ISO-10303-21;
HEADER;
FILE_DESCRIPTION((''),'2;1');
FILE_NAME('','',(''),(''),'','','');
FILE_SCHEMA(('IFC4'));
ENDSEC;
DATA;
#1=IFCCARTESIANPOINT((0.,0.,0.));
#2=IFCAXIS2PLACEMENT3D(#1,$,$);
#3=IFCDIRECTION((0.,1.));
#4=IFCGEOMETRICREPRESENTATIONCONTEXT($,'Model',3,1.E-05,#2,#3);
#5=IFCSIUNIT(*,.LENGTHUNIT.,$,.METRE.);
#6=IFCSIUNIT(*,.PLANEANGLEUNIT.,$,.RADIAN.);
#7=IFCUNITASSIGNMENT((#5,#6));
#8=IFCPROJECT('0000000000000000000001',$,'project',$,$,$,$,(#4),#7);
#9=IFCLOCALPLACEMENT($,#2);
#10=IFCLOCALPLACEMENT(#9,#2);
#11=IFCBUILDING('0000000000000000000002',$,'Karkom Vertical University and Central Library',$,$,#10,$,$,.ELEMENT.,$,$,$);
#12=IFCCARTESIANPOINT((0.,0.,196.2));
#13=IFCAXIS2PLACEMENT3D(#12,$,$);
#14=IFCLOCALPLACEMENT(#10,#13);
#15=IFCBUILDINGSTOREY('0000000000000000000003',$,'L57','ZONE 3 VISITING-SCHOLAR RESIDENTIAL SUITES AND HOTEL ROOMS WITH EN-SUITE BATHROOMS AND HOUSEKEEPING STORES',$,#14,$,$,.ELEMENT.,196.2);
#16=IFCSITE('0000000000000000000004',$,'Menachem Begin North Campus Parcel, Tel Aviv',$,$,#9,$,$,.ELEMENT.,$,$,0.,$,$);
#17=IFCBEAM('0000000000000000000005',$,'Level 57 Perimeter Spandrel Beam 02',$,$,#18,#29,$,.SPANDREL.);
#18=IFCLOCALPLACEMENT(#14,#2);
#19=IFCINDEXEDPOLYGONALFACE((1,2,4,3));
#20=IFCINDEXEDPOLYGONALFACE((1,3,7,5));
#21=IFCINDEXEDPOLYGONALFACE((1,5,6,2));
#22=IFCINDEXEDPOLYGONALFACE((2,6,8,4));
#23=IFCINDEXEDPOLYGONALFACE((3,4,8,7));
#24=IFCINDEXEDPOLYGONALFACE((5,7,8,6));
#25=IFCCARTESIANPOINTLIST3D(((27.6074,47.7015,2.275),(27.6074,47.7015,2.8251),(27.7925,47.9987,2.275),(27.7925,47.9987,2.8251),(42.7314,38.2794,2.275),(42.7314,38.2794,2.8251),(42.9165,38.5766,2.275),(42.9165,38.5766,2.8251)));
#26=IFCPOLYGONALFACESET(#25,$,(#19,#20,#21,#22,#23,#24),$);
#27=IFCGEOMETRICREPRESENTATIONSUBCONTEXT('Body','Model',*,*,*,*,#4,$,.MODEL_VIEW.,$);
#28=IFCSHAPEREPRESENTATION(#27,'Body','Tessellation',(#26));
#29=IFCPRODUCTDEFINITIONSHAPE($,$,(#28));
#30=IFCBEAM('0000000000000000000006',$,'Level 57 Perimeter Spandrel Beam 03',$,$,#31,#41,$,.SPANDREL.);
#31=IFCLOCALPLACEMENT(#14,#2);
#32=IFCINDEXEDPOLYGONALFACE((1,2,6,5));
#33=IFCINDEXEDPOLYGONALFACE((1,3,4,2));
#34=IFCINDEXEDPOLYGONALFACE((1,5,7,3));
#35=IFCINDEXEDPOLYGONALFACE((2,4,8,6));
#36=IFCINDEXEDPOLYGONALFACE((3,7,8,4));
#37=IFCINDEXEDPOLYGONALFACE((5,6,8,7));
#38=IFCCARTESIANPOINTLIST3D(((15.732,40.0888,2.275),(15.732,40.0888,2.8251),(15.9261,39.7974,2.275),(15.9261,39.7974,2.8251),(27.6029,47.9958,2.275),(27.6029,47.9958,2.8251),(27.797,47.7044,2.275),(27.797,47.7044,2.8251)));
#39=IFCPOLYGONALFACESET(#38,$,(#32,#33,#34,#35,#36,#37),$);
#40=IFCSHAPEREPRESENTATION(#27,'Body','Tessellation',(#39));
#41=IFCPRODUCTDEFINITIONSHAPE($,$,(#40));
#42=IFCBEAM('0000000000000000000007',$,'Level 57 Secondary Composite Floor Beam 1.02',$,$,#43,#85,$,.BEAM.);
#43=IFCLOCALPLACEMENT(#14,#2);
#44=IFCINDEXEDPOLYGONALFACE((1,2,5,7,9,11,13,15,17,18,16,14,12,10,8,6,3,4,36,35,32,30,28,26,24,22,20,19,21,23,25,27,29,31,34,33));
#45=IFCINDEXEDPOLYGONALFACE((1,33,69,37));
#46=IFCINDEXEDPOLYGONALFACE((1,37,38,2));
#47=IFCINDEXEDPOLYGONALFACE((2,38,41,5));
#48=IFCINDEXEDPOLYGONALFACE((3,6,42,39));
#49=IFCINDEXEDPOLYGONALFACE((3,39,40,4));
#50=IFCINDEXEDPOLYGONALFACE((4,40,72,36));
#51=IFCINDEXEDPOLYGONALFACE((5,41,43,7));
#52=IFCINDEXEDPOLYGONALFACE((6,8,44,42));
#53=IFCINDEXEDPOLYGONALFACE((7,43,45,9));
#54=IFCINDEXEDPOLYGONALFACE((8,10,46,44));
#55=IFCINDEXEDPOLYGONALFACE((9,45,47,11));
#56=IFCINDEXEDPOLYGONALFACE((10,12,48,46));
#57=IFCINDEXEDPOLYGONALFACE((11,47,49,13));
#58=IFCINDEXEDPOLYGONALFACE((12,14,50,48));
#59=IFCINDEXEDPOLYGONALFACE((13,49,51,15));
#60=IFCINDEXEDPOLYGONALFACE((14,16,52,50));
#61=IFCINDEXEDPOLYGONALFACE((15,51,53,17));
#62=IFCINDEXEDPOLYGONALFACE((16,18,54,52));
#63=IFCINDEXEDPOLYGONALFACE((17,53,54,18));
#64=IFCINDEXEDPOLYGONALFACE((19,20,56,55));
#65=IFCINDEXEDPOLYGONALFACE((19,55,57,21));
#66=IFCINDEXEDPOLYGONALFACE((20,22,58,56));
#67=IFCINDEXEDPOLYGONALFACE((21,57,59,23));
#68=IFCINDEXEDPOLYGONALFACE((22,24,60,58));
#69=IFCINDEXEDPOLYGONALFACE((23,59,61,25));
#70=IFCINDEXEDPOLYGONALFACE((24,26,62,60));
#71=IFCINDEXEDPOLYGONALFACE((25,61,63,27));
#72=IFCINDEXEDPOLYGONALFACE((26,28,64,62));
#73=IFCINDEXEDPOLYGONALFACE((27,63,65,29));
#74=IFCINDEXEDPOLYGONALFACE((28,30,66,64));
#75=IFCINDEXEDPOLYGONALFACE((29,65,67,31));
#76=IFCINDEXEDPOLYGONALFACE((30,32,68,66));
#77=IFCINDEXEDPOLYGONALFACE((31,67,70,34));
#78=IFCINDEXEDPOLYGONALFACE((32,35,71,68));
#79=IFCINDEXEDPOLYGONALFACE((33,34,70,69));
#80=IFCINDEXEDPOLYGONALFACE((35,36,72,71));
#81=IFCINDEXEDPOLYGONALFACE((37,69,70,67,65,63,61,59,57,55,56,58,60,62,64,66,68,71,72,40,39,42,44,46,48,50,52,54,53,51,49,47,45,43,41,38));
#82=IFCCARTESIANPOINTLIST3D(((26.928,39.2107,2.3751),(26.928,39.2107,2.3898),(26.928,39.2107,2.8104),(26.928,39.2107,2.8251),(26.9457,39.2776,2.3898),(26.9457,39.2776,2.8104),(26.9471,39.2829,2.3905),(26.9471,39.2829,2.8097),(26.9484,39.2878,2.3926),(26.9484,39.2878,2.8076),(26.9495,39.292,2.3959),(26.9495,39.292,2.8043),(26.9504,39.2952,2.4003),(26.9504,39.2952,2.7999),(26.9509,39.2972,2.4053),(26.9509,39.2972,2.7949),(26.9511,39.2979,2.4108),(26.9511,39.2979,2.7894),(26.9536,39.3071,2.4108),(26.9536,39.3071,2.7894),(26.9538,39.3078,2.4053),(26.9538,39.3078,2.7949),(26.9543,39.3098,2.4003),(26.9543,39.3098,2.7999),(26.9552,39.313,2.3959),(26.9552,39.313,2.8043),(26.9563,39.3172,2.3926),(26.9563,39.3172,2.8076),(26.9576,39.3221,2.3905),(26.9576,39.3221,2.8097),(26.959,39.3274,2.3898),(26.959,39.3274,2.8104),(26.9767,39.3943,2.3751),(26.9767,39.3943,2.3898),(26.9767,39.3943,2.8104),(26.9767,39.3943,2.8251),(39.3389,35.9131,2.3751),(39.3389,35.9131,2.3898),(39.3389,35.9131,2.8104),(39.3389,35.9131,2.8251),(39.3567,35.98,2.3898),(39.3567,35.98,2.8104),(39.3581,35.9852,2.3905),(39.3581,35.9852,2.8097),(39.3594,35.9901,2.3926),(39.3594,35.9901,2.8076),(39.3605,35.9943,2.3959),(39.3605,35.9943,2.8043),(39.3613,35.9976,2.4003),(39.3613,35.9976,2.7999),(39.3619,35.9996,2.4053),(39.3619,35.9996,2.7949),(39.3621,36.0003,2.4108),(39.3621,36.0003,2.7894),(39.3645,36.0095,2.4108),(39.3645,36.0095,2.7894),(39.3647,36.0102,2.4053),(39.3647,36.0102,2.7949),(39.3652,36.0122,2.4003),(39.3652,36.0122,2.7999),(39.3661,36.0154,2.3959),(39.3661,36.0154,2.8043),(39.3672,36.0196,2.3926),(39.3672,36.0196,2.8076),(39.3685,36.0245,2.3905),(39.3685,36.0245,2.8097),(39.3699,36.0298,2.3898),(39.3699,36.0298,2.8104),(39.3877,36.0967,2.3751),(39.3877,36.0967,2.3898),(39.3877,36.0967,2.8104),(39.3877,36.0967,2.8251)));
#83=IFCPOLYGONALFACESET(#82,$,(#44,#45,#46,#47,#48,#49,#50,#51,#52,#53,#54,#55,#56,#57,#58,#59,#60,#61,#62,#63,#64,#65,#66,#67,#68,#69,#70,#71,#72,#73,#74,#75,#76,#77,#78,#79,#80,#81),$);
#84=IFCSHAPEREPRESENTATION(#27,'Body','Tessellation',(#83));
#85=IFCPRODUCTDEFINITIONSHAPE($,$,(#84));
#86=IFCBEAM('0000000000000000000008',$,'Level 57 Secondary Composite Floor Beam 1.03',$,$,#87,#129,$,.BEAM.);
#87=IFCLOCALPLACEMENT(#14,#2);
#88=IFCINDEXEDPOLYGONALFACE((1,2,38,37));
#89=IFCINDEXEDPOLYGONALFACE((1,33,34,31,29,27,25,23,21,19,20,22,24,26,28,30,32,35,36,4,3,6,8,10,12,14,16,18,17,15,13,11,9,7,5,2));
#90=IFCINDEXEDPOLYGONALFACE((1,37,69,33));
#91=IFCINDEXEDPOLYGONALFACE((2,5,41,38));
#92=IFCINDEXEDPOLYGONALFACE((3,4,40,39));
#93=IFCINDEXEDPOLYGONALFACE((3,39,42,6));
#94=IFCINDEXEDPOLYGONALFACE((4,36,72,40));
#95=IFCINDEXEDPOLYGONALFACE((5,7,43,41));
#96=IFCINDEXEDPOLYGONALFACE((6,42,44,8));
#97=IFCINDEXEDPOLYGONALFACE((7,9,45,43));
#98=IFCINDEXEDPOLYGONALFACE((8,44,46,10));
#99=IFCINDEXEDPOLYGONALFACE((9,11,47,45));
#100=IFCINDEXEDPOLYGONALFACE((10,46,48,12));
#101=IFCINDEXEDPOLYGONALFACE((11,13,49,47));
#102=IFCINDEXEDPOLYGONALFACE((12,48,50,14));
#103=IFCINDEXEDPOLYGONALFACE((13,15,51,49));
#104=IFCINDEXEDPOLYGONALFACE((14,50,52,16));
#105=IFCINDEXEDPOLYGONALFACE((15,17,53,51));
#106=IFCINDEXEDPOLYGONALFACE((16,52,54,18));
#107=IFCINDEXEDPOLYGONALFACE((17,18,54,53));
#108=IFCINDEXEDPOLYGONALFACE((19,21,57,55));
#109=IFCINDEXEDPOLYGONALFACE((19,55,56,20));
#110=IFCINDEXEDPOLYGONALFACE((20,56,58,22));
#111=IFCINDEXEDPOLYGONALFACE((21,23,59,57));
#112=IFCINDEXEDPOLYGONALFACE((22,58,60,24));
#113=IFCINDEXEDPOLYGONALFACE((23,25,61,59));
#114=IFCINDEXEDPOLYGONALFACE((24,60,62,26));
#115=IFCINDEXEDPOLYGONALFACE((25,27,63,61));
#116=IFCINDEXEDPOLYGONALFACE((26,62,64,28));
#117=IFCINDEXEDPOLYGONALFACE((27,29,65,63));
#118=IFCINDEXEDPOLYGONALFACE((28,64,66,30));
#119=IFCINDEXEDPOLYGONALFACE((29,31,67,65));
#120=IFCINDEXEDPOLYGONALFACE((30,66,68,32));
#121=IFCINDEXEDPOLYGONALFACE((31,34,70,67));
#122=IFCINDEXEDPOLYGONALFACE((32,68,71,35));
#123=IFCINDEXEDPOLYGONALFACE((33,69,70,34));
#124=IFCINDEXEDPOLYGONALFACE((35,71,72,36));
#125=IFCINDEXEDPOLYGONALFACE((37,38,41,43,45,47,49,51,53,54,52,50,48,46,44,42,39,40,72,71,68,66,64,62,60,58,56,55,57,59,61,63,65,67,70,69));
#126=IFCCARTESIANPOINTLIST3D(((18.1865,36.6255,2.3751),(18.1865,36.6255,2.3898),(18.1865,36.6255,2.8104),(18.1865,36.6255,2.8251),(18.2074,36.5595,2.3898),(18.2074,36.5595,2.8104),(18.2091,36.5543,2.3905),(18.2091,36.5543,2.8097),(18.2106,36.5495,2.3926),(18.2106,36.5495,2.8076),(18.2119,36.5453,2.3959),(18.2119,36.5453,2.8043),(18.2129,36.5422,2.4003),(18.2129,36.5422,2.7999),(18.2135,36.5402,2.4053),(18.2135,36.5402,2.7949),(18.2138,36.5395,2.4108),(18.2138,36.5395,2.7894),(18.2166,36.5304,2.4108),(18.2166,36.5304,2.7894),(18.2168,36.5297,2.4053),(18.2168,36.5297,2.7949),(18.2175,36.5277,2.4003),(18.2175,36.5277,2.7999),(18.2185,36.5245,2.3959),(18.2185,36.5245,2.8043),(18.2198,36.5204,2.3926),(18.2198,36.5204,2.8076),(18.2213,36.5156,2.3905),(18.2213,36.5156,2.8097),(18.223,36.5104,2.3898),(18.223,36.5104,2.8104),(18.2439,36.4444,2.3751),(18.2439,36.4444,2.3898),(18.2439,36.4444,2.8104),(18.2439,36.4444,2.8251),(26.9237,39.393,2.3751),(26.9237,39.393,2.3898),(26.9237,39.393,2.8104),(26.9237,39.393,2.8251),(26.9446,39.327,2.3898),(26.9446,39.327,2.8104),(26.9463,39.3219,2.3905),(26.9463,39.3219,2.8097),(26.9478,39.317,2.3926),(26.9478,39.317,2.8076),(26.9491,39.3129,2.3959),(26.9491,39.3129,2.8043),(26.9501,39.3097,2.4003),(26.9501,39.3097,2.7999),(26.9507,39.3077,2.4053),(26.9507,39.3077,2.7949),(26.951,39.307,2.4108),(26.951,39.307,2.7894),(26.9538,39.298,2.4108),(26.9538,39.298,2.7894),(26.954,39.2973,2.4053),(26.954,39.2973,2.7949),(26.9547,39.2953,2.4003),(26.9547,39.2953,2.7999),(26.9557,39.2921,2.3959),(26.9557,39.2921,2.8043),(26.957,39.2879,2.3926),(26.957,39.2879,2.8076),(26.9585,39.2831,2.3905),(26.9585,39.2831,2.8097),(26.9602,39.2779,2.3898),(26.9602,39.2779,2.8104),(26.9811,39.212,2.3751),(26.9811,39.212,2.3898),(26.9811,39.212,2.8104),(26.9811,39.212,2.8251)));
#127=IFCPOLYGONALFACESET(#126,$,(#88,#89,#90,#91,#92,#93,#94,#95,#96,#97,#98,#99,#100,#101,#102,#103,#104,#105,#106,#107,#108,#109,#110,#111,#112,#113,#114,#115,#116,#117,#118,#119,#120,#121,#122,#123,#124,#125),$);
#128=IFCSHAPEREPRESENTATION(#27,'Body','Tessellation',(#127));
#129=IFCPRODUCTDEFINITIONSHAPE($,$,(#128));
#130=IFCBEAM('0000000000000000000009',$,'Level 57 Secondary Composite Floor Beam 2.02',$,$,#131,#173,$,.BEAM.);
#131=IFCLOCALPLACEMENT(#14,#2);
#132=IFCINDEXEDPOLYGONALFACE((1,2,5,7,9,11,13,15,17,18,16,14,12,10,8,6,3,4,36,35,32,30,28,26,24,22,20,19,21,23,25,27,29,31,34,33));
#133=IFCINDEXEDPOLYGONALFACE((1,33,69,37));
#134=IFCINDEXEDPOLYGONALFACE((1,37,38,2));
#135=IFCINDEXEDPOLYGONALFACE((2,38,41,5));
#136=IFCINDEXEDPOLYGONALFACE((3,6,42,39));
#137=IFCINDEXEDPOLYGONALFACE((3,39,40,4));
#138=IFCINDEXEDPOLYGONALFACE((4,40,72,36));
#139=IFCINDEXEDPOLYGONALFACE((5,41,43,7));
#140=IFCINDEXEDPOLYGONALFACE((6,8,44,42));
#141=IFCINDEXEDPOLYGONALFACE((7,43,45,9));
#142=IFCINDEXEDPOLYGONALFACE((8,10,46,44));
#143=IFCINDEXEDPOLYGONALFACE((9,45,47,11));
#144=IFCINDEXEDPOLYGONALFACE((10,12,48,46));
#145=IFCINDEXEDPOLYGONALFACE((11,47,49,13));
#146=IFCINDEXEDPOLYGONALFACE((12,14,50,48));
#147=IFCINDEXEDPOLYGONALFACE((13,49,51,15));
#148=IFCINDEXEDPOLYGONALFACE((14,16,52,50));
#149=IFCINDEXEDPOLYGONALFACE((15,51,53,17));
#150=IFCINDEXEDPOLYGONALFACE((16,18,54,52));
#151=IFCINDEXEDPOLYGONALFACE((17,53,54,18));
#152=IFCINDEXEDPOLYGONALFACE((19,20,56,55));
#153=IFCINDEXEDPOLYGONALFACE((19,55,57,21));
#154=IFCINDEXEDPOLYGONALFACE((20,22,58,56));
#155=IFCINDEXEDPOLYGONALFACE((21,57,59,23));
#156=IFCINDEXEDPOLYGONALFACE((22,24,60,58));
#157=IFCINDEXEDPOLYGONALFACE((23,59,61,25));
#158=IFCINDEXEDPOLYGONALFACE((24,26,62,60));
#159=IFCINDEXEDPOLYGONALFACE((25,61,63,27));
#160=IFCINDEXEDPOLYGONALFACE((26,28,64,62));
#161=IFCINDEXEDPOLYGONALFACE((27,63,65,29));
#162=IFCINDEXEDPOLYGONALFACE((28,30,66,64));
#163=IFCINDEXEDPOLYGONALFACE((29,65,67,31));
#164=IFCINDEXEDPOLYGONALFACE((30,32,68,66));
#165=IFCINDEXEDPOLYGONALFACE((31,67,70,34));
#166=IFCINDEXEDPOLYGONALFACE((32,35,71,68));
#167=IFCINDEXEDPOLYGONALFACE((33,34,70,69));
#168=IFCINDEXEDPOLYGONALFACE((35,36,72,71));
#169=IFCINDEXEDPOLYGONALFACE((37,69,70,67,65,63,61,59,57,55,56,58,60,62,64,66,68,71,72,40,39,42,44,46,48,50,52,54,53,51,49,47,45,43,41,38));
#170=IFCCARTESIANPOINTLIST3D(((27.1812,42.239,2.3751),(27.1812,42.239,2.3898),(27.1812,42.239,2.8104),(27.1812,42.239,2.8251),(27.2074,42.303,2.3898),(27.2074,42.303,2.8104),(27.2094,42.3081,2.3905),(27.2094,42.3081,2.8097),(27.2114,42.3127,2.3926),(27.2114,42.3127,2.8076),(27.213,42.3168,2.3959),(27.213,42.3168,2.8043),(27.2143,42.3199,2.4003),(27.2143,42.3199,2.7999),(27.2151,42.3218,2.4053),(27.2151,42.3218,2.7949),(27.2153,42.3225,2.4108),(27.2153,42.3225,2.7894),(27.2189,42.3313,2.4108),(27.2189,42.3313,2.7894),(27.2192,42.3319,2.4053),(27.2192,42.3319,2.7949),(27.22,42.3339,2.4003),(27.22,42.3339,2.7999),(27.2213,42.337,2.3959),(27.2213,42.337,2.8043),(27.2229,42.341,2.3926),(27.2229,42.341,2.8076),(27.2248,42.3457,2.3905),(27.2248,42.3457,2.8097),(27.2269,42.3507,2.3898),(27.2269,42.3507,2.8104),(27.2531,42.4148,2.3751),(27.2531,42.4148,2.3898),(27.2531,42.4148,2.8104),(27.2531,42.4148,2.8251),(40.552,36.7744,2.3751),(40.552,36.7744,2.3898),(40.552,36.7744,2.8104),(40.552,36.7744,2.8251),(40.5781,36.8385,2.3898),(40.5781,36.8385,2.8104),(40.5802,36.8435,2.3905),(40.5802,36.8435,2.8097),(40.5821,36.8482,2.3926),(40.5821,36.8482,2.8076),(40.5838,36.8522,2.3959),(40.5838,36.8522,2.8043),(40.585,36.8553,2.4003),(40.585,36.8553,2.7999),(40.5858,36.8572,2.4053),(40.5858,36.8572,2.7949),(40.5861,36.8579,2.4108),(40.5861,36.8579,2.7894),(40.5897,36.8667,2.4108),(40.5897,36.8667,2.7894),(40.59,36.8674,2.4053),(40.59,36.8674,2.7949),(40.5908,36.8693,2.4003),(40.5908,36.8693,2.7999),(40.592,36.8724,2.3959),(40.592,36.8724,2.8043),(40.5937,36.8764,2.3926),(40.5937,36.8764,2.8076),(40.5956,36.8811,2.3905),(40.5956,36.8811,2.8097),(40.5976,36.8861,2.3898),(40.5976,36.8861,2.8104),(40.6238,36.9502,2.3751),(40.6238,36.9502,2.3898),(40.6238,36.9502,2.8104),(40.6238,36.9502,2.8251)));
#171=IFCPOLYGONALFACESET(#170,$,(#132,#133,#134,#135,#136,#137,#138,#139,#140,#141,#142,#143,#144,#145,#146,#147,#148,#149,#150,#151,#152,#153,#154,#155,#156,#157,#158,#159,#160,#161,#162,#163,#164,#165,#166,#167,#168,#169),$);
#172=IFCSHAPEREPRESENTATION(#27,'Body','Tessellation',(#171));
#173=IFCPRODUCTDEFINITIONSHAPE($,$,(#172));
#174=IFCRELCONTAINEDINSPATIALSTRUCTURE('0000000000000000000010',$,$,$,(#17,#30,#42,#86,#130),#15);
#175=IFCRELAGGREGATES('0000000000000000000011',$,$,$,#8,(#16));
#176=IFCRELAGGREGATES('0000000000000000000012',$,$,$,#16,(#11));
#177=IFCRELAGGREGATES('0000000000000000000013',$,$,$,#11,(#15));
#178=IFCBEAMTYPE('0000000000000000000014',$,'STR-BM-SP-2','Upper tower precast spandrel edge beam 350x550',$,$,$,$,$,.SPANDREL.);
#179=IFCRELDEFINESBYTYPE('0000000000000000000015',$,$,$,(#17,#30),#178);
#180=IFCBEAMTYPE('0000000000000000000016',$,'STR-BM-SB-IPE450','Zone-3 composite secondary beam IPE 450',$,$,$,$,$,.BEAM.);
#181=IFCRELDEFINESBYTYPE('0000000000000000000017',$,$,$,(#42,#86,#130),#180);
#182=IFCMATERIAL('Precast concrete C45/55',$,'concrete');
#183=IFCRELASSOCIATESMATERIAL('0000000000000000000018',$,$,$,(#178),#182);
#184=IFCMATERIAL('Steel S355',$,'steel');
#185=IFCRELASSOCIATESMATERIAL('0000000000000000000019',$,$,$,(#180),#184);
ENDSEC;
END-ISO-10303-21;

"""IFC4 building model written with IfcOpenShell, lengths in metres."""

from ifc_helpers import new_model, si_unit, direction, frame, origin, origin_with_axes, origin_2d, place, context, subcontext, project, spatial, rectangle, i_section, extrude, source, transform, mapped, material, material_profile, profile_set, type_object, element, save


model = new_model("IFC4")

# Units and contexts
model_context = context("Model", 3, precision=1e-05, world=origin(), true_north=direction((0.0, 1.0)))
body_context = subcontext(model_context, "Body", "Model", "MODEL_VIEW")
ifc_project = project(units=[si_unit("LENGTHUNIT", "METRE"), si_unit("PLANEANGLEUNIT", "RADIAN")], contexts=[model_context])

# Site, building, storey
site_placement = place(None, origin())
site = spatial("IfcSite", under=ifc_project, at=site_placement, Name="Menachem Begin North Campus Parcel, Tel Aviv", CompositionType="ELEMENT", RefElevation=0.0)
building_placement = place(site_placement, origin())
building = spatial("IfcBuilding", under=site, at=building_placement, Name="Karkom Vertical University and Central Library", CompositionType="ELEMENT")
storey_placement = place(building_placement, frame((0.0, 0.0, 196.2)))
storey = spatial("IfcBuildingStorey", under=building, at=storey_placement, Name="L57", Description="ZONE 3 VISITING-SCHOLAR RESIDENTIAL SUITES AND HOTEL ROOMS WITH EN-SUITE BATHROOMS AND HOUSEKEEPING STORES", CompositionType="ELEMENT", Elevation=196.2)

# Beams
ifc_material_1 = material(Name="Precast concrete C45/55", Category="concrete")
ifc_material_profile_1 = material_profile(ifc_material_1, rectangle(XDim=0.3501, YDim=0.55, at=origin_2d()), Name="SPB-350x550")
ifc_profile_set_1 = profile_set([ifc_material_profile_1], Name="Precast concrete C45/55")
beam_type_1 = type_object("IfcBeamType", Name="STR-BM-SP-2", Description="Upper tower precast spandrel edge beam 350x550", PredefinedType="SPANDREL", material=ifc_profile_set_1)
shared_shape_1 = source(origin_with_axes(), body_context, "Body", "SweptSolid", [
    extrude(rectangle(XDim=0.3501, YDim=0.55, at=origin_2d()), origin(), (0.0, 0.0, 1.0), 17.8188),
])
beam_1_placement = place(storey_placement, frame((42.824, 38.428, 2.55), z_axis=(-0.848764, 0.528772, 0.0), x_axis=(-0.528772, -0.848764, 0.0)))
element("IfcBeam", 1, at=beam_1_placement, inside=storey, type_object=beam_type_1, Name="Level 57 Perimeter Spandrel Beam 02", PredefinedType="SPANDREL", context=body_context, shape_type="MappedRepresentation", body=[
    mapped(shared_shape_1, transform((0.0, 0.0, 0.0), scale=1.0)),
])
shared_shape_2 = source(origin_with_axes(), body_context, "Body", "SweptSolid", [
    extrude(rectangle(XDim=0.3501, YDim=0.55, at=origin_2d()), origin(), (0.0, 0.0, 1.0), 14.2632),
])
beam_2_placement = place(storey_placement, frame((27.7, 47.8501, 2.55), z_axis=(-0.832274, -0.554364, 0.0), x_axis=(0.554364, -0.832274, 0.0)))
element("IfcBeam", 2, at=beam_2_placement, inside=storey, type_object=beam_type_1, Name="Level 57 Perimeter Spandrel Beam 03", PredefinedType="SPANDREL", context=body_context, shape_type="MappedRepresentation", body=[
    mapped(shared_shape_2, transform((0.0, 0.0, 0.0), scale=1.0)),
])
ifc_material_2 = material(Name="Steel S355", Category="steel")
ifc_material_profile_2 = material_profile(ifc_material_2, i_section(OverallWidth=0.1899, OverallDepth=0.45, WebThickness=0.0095, FlangeThickness=0.0146, FilletRadius=0.021, at=origin_2d()), Name="IPE 450")
ifc_profile_set_2 = profile_set([ifc_material_profile_2], Name="Steel S355")
beam_type_2 = type_object("IfcBeamType", Name="STR-BM-SB-IPE450", Description="Zone-3 composite secondary beam IPE 450", PredefinedType="BEAM", material=ifc_profile_set_2)
shared_shape_3 = source(origin_with_axes(), body_context, "Body", "SweptSolid", [
    extrude(i_section(OverallWidth=0.1899, OverallDepth=0.45, WebThickness=0.0095, FlangeThickness=0.0146, FilletRadius=0.021, at=origin_2d()), origin(), (0.0, 0.0, 1.0), 12.8416),
])
beam_3_placement = place(storey_placement, frame((39.3633, 36.0049, 2.6001), z_axis=(-0.966466, 0.256793, 0.0), x_axis=(-0.256793, -0.966466, 0.0)))
element("IfcBeam", 3, at=beam_3_placement, inside=storey, type_object=beam_type_2, Name="Level 57 Secondary Composite Floor Beam 1.02", PredefinedType="BEAM", context=body_context, shape_type="MappedRepresentation", body=[
    mapped(shared_shape_3, transform((0.0, 0.0, 0.0), scale=1.0)),
])
shared_shape_4 = source(origin_with_axes(), body_context, "Body", "SweptSolid", [
    extrude(i_section(OverallWidth=0.1899, OverallDepth=0.45, WebThickness=0.0095, FlangeThickness=0.0146, FilletRadius=0.021, at=origin_2d()), origin(), (0.0, 0.0, 1.0), 9.165),
])
beam_4_placement = place(storey_placement, frame((26.9524, 39.3025, 2.6001), z_axis=(-0.953318, -0.301968, 0.0), x_axis=(0.301968, -0.953318, 0.0)))
element("IfcBeam", 4, at=beam_4_placement, inside=storey, type_object=beam_type_2, Name="Level 57 Secondary Composite Floor Beam 1.03", PredefinedType="BEAM", context=body_context, shape_type="MappedRepresentation", body=[
    mapped(shared_shape_4, transform((0.0, 0.0, 0.0), scale=1.0)),
])
shared_shape_5 = source(origin_with_axes(), body_context, "Body", "SweptSolid", [
    extrude(i_section(OverallWidth=0.1899, OverallDepth=0.45, WebThickness=0.0095, FlangeThickness=0.0146, FilletRadius=0.021, at=origin_2d()), origin(), (0.0, 0.0, 1.0), 14.4443),
])
beam_5_placement = place(storey_placement, frame((40.5879, 36.8623, 2.6001), z_axis=(-0.925675, 0.378319, 0.0), x_axis=(-0.378319, -0.925675, 0.0)))
element("IfcBeam", 5, at=beam_5_placement, inside=storey, type_object=beam_type_2, Name="Level 57 Secondary Composite Floor Beam 2.02", PredefinedType="BEAM", context=body_context, shape_type="MappedRepresentation", body=[
    mapped(shared_shape_5, transform((0.0, 0.0, 0.0), scale=1.0)),
])

save(model, "model.ifc")
